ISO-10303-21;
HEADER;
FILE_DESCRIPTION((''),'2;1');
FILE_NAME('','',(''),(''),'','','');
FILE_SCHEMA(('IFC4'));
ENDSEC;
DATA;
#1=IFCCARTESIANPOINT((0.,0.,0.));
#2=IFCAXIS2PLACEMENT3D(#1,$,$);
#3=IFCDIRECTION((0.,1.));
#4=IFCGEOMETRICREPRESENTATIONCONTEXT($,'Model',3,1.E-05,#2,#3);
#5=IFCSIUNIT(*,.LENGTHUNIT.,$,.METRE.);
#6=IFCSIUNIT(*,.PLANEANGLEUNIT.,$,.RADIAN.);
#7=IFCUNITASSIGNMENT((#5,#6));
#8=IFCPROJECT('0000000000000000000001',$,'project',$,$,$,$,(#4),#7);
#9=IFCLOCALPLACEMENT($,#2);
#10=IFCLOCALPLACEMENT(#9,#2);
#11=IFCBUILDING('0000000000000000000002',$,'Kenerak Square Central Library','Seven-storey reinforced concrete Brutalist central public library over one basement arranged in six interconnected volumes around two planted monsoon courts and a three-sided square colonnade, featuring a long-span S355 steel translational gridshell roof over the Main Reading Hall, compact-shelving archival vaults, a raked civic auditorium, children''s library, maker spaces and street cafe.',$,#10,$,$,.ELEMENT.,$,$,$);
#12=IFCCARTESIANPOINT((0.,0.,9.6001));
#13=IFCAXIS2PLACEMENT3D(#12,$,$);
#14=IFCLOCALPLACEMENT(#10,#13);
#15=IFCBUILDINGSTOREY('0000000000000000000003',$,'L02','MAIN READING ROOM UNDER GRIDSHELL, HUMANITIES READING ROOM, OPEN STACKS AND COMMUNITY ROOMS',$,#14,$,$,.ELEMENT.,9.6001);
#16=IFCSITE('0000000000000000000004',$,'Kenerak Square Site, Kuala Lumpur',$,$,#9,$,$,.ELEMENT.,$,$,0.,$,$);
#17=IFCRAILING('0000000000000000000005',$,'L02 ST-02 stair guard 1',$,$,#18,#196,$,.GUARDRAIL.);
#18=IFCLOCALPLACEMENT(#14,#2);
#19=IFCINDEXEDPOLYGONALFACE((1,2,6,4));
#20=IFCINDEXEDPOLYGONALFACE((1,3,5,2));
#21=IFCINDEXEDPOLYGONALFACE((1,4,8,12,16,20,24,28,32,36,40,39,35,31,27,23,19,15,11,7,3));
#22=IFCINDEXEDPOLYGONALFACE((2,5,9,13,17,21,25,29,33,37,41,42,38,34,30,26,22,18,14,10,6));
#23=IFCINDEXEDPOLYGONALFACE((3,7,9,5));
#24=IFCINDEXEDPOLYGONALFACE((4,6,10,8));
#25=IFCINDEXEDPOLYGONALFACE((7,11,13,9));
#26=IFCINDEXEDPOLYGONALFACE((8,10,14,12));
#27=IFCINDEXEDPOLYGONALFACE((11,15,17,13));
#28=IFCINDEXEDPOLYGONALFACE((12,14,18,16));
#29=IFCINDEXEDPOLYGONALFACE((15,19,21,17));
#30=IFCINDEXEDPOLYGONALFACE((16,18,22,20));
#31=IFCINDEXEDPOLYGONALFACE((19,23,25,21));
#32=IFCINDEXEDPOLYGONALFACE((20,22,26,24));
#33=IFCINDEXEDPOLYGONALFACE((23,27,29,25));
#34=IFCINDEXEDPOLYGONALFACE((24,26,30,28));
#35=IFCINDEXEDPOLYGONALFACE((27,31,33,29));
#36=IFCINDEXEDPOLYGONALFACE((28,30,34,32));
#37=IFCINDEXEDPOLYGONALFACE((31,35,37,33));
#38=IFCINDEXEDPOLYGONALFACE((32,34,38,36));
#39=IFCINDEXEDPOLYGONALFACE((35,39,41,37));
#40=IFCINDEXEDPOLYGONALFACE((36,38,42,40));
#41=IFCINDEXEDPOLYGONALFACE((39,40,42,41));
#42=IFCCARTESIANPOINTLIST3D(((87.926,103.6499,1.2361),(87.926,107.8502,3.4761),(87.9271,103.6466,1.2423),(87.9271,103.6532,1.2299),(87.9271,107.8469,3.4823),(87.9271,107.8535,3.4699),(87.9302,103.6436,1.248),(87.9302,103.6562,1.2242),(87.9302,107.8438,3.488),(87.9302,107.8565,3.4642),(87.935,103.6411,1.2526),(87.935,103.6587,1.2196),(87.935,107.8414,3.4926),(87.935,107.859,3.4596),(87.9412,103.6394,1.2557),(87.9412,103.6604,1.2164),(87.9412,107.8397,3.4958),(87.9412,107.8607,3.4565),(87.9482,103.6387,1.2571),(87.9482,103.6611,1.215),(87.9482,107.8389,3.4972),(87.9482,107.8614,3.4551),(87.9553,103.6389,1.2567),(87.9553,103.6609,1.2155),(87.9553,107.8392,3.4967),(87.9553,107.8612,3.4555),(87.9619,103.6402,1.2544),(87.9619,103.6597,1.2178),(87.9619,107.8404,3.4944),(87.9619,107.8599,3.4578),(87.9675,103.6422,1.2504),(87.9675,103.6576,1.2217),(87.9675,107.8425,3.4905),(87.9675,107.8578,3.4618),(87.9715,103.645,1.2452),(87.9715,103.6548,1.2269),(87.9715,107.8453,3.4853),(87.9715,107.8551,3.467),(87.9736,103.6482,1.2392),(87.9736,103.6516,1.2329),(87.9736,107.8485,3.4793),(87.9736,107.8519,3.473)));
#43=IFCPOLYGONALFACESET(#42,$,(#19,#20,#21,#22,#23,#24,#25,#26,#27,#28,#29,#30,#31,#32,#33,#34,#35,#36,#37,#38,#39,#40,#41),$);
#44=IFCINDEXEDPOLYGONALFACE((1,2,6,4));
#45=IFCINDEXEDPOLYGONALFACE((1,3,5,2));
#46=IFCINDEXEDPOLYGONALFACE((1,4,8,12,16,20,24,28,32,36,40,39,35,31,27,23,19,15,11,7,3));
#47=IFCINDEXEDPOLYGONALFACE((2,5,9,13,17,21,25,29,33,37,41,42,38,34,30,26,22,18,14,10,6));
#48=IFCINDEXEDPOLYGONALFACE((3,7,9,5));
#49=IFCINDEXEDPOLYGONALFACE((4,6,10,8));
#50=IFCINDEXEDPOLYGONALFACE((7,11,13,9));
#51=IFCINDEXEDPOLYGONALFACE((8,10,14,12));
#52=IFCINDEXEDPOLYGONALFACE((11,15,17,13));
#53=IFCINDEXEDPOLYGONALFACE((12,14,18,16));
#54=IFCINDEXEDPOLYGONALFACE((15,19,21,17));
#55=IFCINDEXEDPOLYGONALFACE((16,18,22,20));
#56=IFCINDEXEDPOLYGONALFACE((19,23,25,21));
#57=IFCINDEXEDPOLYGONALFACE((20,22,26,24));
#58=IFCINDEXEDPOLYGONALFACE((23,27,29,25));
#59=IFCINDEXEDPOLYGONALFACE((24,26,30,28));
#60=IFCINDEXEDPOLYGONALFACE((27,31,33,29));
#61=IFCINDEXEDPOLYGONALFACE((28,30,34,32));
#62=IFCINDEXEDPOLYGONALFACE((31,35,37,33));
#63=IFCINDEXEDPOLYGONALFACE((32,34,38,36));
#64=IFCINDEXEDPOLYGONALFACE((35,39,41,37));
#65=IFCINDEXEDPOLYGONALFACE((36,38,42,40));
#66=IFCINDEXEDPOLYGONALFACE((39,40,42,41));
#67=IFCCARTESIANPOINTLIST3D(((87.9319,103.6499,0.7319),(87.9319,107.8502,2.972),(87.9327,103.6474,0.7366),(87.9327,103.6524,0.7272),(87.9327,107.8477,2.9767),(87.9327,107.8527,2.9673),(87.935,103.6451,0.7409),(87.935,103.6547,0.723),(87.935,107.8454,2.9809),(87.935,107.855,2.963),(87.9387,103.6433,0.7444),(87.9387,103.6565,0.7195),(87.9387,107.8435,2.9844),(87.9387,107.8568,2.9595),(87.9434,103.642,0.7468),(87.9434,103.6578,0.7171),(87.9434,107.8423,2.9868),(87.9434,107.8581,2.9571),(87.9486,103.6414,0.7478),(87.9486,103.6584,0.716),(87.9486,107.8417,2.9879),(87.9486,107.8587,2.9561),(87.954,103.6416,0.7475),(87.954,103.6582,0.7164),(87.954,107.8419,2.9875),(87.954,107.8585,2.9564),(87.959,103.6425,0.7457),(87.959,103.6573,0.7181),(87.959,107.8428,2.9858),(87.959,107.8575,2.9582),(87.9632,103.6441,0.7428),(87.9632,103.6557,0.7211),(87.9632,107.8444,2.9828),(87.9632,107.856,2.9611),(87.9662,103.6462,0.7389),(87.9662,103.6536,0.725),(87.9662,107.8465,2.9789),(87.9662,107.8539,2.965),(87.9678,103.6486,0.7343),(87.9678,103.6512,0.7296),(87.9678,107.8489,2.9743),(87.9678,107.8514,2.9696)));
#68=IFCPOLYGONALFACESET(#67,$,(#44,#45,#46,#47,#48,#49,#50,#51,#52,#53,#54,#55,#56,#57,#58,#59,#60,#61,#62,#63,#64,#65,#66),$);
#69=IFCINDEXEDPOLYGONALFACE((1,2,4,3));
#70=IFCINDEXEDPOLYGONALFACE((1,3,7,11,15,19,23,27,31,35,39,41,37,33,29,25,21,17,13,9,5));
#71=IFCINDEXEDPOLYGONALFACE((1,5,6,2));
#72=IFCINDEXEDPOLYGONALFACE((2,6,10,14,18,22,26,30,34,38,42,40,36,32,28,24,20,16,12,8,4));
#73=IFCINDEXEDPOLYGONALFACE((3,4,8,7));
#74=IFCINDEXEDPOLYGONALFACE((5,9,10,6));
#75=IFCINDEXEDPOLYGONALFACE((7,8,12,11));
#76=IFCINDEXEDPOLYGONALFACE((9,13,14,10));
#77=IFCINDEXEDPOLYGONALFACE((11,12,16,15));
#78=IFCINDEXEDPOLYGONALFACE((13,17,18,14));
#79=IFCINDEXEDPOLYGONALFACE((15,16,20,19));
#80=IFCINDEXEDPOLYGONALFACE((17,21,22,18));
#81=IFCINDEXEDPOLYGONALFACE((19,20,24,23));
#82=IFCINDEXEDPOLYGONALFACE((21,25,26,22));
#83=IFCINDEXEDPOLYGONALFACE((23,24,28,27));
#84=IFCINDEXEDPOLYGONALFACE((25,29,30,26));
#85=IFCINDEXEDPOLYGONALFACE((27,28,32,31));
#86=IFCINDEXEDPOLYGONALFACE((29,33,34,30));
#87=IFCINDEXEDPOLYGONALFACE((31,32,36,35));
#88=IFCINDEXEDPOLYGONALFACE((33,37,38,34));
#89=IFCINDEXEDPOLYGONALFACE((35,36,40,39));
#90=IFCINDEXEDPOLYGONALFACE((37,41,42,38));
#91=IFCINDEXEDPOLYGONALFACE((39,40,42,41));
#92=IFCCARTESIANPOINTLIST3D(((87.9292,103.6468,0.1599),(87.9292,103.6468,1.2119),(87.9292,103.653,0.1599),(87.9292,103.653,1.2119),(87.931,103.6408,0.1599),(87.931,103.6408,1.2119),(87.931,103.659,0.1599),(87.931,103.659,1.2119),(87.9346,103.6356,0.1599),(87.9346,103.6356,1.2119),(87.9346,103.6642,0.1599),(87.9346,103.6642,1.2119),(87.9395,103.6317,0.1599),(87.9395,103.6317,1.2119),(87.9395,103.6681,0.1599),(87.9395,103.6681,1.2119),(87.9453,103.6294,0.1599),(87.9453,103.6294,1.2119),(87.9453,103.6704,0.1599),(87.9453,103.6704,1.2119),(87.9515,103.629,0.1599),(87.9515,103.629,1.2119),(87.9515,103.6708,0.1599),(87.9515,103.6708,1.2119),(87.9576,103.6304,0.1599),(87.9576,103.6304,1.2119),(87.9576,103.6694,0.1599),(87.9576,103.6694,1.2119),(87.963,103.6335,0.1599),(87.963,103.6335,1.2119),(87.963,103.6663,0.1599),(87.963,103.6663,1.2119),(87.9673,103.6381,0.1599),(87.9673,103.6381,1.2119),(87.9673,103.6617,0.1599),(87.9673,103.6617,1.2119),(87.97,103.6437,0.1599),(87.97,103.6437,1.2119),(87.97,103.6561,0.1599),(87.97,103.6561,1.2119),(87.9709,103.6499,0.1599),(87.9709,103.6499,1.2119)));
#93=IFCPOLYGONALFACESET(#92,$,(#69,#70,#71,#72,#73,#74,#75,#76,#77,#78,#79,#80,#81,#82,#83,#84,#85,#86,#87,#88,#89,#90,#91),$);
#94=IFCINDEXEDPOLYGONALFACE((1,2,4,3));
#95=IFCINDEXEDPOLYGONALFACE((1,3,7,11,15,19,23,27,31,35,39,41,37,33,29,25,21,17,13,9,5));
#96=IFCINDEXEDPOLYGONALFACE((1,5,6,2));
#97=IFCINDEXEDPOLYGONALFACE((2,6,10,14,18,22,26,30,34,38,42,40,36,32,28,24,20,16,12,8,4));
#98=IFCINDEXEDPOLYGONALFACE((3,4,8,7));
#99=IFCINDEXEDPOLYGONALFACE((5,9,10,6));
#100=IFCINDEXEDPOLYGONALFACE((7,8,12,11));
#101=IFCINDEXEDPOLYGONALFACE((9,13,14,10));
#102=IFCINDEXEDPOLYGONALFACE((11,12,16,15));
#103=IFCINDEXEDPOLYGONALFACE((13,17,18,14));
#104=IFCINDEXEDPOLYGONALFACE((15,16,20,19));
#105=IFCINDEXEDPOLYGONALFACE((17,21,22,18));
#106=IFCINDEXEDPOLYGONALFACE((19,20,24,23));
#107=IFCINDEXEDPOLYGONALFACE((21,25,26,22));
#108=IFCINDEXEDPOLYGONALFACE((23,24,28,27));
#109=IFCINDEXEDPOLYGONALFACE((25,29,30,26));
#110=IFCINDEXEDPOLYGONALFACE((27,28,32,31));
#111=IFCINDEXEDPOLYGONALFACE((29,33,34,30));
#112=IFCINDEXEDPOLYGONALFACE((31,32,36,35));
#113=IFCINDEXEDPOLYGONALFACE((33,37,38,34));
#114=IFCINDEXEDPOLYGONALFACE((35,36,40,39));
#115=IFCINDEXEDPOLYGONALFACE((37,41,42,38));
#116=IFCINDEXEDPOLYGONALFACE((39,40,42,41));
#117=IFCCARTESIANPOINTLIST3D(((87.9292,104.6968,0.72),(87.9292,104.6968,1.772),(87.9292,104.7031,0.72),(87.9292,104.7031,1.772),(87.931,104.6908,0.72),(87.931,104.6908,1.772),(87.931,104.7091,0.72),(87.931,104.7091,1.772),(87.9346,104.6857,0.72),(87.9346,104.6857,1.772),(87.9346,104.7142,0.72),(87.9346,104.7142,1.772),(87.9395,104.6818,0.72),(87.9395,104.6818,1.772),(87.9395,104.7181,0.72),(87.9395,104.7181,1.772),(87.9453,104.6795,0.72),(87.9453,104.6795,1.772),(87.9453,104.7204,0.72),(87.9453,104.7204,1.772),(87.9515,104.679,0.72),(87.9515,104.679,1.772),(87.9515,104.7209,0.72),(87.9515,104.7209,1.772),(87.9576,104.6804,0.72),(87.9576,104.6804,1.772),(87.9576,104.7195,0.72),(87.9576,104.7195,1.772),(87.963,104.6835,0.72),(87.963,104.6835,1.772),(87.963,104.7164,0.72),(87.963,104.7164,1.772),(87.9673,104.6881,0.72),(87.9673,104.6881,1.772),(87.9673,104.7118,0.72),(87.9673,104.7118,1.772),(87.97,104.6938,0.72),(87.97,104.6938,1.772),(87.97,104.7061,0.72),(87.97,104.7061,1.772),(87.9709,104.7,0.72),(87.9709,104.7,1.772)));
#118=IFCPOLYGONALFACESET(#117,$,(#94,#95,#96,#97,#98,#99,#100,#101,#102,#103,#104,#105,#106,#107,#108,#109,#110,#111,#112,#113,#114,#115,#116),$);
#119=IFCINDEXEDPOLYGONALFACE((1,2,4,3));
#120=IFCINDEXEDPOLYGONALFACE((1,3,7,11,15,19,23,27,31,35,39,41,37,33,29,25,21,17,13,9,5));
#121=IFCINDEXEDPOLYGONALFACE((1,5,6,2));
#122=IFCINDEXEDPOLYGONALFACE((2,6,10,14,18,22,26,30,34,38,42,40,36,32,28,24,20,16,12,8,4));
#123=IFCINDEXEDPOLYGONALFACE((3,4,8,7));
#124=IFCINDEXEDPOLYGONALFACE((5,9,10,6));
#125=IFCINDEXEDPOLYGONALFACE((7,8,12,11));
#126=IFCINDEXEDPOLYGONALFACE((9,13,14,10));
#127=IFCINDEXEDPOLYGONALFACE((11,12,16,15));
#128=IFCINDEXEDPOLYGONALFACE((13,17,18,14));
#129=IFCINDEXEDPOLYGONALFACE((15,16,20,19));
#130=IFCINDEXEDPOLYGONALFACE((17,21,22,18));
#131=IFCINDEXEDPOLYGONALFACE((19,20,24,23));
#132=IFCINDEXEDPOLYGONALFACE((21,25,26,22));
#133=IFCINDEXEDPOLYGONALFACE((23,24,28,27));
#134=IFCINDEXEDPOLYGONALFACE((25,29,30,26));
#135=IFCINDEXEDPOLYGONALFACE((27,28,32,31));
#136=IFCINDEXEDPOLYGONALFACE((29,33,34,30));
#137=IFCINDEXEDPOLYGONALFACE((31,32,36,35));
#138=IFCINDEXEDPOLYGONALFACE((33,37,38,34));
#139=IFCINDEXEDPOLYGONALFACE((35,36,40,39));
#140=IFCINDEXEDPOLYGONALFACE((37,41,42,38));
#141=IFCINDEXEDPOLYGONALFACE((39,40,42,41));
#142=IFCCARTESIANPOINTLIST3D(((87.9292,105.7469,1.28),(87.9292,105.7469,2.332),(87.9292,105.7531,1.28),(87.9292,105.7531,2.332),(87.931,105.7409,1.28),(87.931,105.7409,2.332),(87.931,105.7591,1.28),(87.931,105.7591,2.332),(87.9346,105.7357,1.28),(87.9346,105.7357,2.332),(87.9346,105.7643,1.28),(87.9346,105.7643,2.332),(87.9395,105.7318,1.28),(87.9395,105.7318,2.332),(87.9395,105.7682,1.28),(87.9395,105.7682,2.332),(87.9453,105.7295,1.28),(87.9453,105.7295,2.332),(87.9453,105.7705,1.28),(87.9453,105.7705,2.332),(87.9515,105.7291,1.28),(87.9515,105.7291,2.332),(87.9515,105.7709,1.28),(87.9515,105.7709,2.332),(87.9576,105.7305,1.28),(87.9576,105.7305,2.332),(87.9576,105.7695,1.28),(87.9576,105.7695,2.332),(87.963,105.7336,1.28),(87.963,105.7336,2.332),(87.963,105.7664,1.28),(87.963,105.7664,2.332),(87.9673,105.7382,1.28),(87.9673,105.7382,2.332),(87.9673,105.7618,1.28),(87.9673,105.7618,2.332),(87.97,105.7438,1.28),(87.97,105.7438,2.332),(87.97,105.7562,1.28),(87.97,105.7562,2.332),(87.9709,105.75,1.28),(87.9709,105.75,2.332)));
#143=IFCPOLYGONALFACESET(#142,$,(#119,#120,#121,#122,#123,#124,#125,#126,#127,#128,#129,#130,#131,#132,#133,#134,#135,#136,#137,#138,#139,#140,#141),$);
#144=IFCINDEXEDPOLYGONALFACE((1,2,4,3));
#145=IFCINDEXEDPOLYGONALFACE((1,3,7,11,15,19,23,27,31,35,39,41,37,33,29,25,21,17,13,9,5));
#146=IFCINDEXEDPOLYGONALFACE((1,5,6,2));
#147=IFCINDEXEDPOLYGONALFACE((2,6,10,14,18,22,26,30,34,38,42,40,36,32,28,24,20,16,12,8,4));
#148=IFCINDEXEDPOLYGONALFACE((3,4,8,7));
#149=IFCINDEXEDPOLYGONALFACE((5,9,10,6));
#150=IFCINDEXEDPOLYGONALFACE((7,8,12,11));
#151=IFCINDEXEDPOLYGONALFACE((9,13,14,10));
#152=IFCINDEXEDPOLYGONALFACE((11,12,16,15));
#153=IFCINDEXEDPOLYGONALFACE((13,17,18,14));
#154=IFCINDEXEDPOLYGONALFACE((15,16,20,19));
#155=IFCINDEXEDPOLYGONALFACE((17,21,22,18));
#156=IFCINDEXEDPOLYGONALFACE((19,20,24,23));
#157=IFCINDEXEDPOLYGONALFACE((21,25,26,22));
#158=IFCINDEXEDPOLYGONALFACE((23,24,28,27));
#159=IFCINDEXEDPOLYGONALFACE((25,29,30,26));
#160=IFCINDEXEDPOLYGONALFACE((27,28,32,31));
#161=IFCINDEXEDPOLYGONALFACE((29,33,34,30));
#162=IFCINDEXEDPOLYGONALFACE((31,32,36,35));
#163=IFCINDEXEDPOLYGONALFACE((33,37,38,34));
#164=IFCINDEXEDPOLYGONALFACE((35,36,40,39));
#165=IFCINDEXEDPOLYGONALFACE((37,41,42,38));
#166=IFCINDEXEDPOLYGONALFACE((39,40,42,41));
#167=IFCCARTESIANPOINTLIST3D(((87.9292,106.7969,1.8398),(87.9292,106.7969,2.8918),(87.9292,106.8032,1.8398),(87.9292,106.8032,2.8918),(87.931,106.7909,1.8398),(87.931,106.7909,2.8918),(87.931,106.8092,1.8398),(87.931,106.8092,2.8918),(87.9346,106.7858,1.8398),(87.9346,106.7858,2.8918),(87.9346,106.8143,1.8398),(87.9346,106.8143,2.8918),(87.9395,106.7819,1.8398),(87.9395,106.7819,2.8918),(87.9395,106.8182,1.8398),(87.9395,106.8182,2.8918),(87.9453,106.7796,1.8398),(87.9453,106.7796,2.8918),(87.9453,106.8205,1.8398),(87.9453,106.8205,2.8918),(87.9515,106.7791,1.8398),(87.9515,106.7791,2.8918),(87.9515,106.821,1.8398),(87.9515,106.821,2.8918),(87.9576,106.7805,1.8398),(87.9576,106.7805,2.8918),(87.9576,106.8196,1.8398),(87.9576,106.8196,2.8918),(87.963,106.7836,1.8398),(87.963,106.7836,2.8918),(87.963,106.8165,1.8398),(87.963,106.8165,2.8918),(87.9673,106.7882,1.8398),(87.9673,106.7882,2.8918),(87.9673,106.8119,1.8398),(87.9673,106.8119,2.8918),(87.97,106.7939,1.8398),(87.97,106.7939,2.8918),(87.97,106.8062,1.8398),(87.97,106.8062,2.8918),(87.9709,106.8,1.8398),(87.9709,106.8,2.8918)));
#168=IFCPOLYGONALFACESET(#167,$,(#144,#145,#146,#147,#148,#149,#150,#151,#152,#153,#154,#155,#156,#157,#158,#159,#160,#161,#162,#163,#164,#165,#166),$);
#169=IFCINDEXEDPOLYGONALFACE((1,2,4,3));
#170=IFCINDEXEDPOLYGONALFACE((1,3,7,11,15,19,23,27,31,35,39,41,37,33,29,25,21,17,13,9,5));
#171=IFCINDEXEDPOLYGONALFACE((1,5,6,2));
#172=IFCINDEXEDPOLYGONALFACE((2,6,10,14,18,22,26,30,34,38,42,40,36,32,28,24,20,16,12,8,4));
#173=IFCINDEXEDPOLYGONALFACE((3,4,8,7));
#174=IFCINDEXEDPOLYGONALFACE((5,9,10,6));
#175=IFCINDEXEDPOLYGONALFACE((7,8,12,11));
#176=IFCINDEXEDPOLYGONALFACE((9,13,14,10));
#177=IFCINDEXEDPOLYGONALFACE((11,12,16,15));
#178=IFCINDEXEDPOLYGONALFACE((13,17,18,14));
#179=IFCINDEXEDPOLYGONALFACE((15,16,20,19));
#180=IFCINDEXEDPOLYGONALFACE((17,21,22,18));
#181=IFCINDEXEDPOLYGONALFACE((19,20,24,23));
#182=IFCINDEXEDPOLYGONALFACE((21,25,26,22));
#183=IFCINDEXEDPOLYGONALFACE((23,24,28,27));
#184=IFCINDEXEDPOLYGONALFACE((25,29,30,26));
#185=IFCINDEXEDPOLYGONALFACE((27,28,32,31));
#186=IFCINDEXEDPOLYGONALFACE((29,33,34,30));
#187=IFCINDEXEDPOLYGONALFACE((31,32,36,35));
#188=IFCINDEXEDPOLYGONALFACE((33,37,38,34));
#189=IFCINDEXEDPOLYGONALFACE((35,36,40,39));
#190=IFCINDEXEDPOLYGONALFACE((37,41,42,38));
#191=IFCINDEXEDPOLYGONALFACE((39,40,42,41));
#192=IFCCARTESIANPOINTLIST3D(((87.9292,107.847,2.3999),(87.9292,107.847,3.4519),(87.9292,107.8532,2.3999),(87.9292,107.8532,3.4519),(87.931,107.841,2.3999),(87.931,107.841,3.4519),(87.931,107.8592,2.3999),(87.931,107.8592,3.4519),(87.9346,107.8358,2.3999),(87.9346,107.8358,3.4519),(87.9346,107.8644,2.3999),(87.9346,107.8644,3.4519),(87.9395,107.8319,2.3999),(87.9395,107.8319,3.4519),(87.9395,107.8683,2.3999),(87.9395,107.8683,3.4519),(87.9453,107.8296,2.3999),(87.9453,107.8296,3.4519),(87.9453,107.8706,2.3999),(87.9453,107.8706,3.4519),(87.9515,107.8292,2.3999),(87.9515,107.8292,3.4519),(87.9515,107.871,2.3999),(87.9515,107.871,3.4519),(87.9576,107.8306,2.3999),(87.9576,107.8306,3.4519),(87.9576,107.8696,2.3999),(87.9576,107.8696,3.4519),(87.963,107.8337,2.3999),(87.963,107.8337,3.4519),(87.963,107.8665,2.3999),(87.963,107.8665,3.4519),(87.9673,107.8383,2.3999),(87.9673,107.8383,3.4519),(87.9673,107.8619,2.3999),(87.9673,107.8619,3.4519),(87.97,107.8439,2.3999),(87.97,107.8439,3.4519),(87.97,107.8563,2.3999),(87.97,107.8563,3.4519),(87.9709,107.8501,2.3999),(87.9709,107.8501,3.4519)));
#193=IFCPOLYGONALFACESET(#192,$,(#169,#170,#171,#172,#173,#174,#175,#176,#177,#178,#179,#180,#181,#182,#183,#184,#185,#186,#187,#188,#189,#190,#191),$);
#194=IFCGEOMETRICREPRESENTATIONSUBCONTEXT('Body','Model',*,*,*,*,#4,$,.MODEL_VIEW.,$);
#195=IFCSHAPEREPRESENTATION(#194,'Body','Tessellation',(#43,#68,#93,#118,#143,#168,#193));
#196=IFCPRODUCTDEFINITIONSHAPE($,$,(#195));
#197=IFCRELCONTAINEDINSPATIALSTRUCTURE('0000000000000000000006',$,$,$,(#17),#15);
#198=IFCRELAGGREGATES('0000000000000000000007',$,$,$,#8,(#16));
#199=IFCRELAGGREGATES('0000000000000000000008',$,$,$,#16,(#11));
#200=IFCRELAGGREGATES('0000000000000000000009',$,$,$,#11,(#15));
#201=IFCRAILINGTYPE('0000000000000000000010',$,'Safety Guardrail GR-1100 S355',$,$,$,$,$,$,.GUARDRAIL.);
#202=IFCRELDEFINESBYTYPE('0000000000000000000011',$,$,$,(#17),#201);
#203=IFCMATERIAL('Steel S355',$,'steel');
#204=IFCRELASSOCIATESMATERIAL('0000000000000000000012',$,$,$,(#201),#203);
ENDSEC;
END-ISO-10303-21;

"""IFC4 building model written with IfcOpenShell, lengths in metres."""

from ifc_helpers import new_model, si_unit, direction, frame, origin, origin_2d, place, context, subcontext, project, spatial, circle, extrude, material, type_object, element, save


model = new_model("IFC4")

# Units and contexts
model_context = context("Model", 3, precision=1e-05, world=origin(), true_north=direction((0.0, 1.0)))
body_context = subcontext(model_context, "Body", "Model", "MODEL_VIEW")
ifc_project = project(units=[si_unit("LENGTHUNIT", "METRE"), si_unit("PLANEANGLEUNIT", "RADIAN")], contexts=[model_context])

# Site, building, storey
site_placement = place(None, origin())
site = spatial("IfcSite", under=ifc_project, at=site_placement, Name="Kenerak Square Site, Kuala Lumpur", CompositionType="ELEMENT", RefElevation=0.0)
building_placement = place(site_placement, origin())
building = spatial("IfcBuilding", under=site, at=building_placement, Name="Kenerak Square Central Library", Description="Seven-storey reinforced concrete Brutalist central public library over one basement arranged in six interconnected volumes around two planted monsoon courts and a three-sided square colonnade, featuring a long-span S355 steel translational gridshell roof over the Main Reading Hall, compact-shelving archival vaults, a raked civic auditorium, children's library, maker spaces and street cafe.", CompositionType="ELEMENT")
storey_placement = place(building_placement, frame((0.0, 0.0, 9.6001)))
storey = spatial("IfcBuildingStorey", under=building, at=storey_placement, Name="L02", Description="MAIN READING ROOM UNDER GRIDSHELL, HUMANITIES READING ROOM, OPEN STACKS AND COMMUNITY ROOMS", CompositionType="ELEMENT", Elevation=9.6001)

# Shared definitions
ifc_material_1 = material(Name="Steel S355", Category="steel")

# Railing
railing_type_1 = type_object("IfcRailingType", Name="Safety Guardrail GR-1100 S355", PredefinedType="GUARDRAIL", material=ifc_material_1)
railing_1_placement = place(storey_placement, frame((87.95, 103.6499, 0.1599)))
element("IfcRailing", 1, at=railing_1_placement, inside=storey, type_object=railing_type_1, Name="L02 ST-02 stair guard 1", PredefinedType="GUARDRAIL", context=body_context, shape_type="SweptSolid", body=[
    extrude(circle(Radius=0.0239, at=origin_2d()), frame((0.0, 0.0, 1.0762), z_axis=(0.0, 0.882363, 0.47057), x_axis=(-1.0, 0.0, 0.0)), (0.0, 0.0, 1.0), 4.7603),
    extrude(circle(Radius=0.0181, at=origin_2d()), frame((0.0, 0.0, 0.572), z_axis=(0.0, 0.882363, 0.47057), x_axis=(-1.0, 0.0, 0.0)), (0.0, 0.0, 1.0), 4.7603),
    extrude(circle(Radius=0.021, at=origin_2d()), origin(), (0.0, 0.0, 1.0), 1.052),
    extrude(circle(Radius=0.021, at=origin_2d()), frame((0.0, 1.05, 0.5601)), (0.0, 0.0, 1.0), 1.052),
    extrude(circle(Radius=0.021, at=origin_2d()), frame((0.0, 2.1001, 1.1201)), (0.0, 0.0, 1.0), 1.052),
    extrude(circle(Radius=0.021, at=origin_2d()), frame((0.0, 3.1501, 1.6799)), (0.0, 0.0, 1.0), 1.052),
    extrude(circle(Radius=0.021, at=origin_2d()), frame((0.0, 4.2002, 2.24)), (0.0, 0.0, 1.0), 1.052),
])

save(model, "model.ifc")
